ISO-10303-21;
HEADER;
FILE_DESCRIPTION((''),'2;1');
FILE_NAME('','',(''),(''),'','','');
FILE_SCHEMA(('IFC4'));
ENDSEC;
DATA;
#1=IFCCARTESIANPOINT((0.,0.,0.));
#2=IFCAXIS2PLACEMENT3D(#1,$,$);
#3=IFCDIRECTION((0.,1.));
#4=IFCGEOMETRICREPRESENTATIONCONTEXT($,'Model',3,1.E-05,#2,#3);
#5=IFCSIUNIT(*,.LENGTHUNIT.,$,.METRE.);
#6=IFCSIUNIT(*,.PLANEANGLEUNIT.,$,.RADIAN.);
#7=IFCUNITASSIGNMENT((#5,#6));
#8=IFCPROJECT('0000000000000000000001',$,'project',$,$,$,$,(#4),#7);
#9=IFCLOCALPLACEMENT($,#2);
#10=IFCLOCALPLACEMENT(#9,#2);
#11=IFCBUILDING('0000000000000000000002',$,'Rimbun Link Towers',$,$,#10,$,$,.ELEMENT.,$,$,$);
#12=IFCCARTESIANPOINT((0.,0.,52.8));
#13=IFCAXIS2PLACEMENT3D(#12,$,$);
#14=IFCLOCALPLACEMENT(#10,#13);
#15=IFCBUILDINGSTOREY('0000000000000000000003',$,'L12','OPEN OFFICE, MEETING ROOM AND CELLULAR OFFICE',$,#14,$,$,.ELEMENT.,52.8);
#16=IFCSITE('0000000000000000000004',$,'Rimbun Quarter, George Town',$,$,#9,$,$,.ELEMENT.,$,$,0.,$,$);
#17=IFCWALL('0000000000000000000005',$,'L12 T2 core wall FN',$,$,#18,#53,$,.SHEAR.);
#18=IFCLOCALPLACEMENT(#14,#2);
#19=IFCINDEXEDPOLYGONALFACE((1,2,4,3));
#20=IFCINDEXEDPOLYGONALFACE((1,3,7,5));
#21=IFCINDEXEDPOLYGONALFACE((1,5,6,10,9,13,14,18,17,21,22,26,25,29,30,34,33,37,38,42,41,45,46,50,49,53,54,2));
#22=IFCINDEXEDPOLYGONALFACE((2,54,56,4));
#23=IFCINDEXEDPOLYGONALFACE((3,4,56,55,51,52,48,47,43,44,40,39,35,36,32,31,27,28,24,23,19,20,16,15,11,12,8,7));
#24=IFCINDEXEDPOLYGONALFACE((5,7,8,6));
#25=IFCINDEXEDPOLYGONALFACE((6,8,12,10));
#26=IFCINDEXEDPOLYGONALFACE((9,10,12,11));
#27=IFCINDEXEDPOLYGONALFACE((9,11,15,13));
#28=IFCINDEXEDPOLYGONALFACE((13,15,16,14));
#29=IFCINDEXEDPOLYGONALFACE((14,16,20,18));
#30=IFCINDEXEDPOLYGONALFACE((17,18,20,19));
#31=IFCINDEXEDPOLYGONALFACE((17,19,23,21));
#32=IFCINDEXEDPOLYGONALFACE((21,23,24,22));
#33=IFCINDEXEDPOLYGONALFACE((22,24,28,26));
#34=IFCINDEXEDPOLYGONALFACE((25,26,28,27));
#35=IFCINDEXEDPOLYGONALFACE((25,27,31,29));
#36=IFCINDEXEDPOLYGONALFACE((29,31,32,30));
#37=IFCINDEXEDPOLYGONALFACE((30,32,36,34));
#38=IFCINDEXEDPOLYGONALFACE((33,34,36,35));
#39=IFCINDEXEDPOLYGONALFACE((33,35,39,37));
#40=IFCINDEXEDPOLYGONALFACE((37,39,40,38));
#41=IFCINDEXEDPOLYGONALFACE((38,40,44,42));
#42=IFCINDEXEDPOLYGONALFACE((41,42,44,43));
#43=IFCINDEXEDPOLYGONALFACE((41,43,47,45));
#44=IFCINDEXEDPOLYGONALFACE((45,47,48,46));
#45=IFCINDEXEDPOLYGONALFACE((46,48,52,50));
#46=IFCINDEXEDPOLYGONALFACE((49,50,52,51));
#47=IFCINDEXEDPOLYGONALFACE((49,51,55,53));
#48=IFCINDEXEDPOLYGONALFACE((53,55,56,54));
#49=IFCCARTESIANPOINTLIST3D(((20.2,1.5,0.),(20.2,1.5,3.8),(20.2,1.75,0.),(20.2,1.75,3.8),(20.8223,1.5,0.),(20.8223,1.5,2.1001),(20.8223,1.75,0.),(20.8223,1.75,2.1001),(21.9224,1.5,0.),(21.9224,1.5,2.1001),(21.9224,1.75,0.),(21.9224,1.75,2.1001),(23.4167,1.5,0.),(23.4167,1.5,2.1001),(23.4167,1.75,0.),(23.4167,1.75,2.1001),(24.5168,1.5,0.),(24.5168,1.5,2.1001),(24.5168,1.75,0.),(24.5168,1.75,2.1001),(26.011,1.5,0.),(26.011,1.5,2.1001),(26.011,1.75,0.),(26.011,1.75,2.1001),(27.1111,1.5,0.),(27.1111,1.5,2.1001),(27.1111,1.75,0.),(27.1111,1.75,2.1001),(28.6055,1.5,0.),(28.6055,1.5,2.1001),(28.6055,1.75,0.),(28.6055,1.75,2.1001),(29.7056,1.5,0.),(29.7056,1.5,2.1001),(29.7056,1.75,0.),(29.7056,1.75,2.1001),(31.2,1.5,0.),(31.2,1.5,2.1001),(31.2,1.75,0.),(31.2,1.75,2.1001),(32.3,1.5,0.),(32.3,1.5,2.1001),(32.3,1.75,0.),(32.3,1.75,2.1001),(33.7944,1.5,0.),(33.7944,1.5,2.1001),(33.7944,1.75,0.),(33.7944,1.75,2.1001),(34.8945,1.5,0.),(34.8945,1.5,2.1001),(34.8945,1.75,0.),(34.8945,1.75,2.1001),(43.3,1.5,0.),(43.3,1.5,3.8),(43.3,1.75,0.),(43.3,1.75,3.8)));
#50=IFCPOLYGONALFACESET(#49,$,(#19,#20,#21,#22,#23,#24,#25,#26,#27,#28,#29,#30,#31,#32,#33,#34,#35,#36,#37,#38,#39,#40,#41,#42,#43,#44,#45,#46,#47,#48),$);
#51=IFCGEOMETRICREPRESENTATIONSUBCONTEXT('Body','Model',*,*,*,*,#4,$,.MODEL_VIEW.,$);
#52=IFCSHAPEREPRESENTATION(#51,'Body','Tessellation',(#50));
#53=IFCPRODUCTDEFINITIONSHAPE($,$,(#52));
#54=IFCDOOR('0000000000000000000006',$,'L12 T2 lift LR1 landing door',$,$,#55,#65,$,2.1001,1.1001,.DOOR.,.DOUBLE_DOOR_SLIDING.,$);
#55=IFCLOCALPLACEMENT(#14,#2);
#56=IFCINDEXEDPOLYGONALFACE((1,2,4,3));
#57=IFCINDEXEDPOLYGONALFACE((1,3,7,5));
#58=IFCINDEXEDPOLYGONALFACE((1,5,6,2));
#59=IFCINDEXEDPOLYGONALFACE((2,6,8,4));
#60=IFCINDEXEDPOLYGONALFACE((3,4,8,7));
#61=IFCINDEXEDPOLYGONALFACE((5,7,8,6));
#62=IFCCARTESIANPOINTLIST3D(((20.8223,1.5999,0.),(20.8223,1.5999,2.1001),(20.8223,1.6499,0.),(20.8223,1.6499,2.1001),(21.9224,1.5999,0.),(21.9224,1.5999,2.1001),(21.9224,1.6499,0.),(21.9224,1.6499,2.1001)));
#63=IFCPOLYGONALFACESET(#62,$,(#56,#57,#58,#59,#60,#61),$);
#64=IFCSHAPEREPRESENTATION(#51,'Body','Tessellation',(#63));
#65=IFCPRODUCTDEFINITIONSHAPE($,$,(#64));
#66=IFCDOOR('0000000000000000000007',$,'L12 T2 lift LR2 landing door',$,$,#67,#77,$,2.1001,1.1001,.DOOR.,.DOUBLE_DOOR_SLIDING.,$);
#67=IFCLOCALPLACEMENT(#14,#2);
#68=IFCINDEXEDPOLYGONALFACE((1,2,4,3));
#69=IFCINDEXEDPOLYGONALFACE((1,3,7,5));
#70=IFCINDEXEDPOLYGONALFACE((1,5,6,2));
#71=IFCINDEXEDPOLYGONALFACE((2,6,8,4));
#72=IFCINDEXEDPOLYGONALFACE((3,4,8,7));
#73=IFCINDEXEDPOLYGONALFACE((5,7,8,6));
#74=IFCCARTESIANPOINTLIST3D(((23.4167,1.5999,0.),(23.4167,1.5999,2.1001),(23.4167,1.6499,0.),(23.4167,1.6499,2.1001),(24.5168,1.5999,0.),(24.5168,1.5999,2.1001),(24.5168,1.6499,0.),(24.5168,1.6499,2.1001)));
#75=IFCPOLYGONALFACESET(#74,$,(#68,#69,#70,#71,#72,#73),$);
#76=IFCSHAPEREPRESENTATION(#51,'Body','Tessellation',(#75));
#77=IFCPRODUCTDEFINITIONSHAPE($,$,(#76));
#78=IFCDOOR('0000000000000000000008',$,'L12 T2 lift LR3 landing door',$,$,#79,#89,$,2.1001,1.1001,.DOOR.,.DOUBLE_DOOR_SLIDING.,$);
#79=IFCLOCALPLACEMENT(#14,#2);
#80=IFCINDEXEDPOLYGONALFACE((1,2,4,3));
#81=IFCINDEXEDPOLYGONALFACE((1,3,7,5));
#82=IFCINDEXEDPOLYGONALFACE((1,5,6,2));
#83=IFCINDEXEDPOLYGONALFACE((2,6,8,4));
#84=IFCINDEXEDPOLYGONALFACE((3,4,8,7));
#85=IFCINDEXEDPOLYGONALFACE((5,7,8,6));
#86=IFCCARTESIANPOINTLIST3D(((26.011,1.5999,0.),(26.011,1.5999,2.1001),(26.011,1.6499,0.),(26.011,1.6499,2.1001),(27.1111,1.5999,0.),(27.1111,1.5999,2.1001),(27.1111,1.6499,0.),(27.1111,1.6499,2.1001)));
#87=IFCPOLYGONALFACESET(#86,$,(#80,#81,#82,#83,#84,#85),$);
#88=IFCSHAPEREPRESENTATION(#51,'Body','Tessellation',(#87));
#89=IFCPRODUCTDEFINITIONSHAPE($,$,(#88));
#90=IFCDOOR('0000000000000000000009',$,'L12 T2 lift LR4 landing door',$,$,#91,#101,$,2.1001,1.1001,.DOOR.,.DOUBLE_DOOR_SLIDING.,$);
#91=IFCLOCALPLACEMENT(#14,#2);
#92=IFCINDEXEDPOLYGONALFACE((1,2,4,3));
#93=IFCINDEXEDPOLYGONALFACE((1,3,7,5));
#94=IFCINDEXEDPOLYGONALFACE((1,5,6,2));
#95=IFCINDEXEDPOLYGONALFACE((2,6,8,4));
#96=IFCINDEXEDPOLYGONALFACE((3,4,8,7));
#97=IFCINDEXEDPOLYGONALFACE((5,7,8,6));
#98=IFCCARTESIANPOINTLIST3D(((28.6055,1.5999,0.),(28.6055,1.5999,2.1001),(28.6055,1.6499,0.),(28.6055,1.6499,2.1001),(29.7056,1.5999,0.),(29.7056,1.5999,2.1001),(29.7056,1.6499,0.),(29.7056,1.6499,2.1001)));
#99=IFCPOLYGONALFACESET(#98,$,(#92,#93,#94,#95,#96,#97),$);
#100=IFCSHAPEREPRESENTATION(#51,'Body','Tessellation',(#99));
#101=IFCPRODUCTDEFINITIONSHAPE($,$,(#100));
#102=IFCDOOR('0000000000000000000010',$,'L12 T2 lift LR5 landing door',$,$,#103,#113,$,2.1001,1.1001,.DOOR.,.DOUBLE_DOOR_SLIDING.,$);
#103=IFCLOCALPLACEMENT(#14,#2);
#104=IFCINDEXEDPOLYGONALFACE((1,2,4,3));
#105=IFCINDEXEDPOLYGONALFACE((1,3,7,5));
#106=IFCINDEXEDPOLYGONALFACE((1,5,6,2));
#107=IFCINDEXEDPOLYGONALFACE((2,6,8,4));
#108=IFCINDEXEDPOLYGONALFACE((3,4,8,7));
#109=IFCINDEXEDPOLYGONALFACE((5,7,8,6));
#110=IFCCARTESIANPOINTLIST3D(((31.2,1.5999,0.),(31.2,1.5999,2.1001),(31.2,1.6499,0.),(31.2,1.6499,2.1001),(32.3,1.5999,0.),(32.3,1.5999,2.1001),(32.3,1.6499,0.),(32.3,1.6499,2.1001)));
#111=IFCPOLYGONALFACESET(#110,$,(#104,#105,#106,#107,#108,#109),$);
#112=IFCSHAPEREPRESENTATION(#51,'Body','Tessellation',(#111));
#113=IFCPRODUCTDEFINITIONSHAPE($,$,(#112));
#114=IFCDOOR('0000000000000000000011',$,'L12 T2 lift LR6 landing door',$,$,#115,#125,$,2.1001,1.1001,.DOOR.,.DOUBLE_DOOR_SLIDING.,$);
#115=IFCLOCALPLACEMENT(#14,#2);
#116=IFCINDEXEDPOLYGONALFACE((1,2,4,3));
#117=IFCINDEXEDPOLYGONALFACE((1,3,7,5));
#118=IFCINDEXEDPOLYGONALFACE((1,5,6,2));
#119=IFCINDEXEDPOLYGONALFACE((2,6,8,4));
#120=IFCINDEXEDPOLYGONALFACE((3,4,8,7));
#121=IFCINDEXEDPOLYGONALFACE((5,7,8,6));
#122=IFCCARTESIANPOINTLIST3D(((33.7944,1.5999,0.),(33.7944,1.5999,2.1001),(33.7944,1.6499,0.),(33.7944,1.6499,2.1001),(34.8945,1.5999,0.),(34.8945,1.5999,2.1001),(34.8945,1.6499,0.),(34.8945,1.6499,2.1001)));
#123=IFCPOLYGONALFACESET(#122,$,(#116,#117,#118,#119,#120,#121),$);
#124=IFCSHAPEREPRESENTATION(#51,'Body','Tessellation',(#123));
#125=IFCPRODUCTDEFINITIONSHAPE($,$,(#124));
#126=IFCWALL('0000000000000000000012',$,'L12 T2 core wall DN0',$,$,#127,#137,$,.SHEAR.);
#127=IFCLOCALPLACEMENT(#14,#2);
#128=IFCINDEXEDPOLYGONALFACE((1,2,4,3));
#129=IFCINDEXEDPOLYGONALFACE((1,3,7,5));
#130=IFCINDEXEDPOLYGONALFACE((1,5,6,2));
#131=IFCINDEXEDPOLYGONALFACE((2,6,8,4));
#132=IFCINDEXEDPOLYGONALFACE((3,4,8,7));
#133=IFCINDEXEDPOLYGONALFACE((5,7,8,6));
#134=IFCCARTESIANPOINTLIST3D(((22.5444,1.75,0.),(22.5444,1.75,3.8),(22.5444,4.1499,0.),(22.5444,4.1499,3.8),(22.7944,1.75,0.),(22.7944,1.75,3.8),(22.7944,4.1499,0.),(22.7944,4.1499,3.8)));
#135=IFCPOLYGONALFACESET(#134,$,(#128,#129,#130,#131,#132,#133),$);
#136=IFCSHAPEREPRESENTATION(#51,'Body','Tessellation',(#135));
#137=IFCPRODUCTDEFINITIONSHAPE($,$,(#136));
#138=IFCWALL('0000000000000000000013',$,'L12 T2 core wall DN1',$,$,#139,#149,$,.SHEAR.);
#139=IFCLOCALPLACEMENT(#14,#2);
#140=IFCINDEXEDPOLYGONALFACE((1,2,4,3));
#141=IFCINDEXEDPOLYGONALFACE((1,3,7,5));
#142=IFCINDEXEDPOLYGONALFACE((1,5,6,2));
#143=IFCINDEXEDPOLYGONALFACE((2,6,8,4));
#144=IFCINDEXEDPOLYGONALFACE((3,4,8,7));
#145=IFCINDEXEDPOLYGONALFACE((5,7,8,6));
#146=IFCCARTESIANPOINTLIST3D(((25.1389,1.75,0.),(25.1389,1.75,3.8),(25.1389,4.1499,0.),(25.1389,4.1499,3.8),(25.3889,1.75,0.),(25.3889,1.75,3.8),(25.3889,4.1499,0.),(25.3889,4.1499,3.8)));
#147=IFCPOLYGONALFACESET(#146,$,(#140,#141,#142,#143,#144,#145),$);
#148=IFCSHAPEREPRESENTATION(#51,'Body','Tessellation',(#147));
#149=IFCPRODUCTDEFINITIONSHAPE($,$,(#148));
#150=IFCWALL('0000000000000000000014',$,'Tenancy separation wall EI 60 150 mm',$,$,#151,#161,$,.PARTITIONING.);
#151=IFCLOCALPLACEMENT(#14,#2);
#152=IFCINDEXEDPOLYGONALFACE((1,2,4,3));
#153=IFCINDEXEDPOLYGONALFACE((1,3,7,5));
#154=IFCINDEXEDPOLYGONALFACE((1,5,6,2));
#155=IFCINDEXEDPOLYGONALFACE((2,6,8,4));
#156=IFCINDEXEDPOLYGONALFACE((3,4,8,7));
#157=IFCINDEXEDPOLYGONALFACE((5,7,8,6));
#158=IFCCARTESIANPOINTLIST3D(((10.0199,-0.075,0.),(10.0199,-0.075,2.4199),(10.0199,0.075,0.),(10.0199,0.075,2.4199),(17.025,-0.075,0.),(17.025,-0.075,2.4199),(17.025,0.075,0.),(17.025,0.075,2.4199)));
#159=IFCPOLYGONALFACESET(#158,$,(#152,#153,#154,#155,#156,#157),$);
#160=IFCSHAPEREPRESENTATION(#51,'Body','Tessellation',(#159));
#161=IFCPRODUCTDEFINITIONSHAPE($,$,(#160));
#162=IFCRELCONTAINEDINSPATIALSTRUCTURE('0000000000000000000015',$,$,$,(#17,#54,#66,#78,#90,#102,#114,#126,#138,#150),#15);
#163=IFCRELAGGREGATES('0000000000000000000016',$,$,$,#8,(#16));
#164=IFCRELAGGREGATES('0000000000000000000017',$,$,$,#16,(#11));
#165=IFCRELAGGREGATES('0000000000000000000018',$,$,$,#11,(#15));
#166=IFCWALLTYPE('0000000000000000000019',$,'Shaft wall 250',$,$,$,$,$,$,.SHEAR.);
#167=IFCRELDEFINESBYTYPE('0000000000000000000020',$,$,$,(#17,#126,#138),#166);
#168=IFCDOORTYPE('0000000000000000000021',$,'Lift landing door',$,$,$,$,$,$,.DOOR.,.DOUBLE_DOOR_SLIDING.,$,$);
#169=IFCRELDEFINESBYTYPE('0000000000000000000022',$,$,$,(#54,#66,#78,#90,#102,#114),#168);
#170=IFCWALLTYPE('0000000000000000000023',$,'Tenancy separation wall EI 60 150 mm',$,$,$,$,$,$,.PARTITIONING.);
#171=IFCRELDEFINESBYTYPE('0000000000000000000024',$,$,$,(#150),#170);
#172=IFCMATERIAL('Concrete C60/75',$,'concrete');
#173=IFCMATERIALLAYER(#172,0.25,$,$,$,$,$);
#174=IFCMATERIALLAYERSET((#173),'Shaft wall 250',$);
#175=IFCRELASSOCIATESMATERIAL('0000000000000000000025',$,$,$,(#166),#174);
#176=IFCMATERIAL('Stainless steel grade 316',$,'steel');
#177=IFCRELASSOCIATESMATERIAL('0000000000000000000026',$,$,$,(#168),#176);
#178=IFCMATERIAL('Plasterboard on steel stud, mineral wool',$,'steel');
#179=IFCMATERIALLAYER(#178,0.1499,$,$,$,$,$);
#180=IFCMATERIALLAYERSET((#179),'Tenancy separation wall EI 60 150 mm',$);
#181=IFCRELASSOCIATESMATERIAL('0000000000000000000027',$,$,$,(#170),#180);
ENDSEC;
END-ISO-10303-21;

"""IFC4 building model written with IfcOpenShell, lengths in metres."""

from ifc_helpers import new_model, si_unit, direction, frame, frame_2d, origin, place, context, subcontext, project, spatial, rectangle, extrude, material, layer, layer_set, type_object, element, fill, save


model = new_model("IFC4")

# Units and contexts
model_context = context("Model", 3, precision=1e-05, world=origin(), true_north=direction((0.0, 1.0)))
body_context = subcontext(model_context, "Body", "Model", "MODEL_VIEW")
ifc_project = project(units=[si_unit("LENGTHUNIT", "METRE"), si_unit("PLANEANGLEUNIT", "RADIAN")], contexts=[model_context])

# Site, building, storey
site_placement = place(None, origin())
site = spatial("IfcSite", under=ifc_project, at=site_placement, Name="Rimbun Quarter, George Town", CompositionType="ELEMENT", RefElevation=0.0)
building_placement = place(site_placement, origin())
building = spatial("IfcBuilding", under=site, at=building_placement, Name="Rimbun Link Towers", CompositionType="ELEMENT")
storey_placement = place(building_placement, frame((0.0, 0.0, 52.8)))
storey = spatial("IfcBuildingStorey", under=building, at=storey_placement, Name="L12", Description="OPEN OFFICE, MEETING ROOM AND CELLULAR OFFICE", CompositionType="ELEMENT", Elevation=52.8)

# Shared definitions
ifc_material_1 = material(Name="Concrete C60/75", Category="concrete")
ifc_layer_1 = layer(ifc_material_1, 0.25)
ifc_layer_set_1 = layer_set([ifc_layer_1], Name="Shaft wall 250")
wall_type_1 = type_object("IfcWallType", Name="Shaft wall 250", PredefinedType="SHEAR", material=ifc_layer_set_1)

# Wall, openings, doors
wall_1_placement = place(storey_placement, frame((20.2, 1.625, 0.0), z_axis=(0.0, 0.0, 1.0), x_axis=(1.0, 0.0, 0.0)))
wall_1 = element("IfcWall", 1, at=wall_1_placement, inside=storey, type_object=wall_type_1, Name="L12 T2 core wall FN", PredefinedType="SHEAR", context=body_context, shape_type="SweptSolid", body=[
    extrude(rectangle(XDim=23.1001, YDim=0.25, at=frame_2d((11.55, 0.0))), origin(), (0.0, 0.0, 1.0), 3.8),
])
opening_1_placement = place(wall_1_placement, frame((0.6223, 0.0, 0.0)))
opening_1 = element("IfcOpeningElement", 2, at=opening_1_placement, cuts=wall_1, PredefinedType="OPENING", context=body_context, shape_type="SweptSolid", body=[
    extrude(rectangle(XDim=1.1001, YDim=2.1001, at=frame_2d((0.55, 1.05))), frame((0.0, 0.135, 0.0), z_axis=(0.0, -1.0, 0.0), x_axis=(1.0, 0.0, 0.0)), (0.0, 0.0, 1.0), 0.27),
])
opening_2_placement = place(wall_1_placement, frame((3.2168, 0.0, 0.0)))
opening_2 = element("IfcOpeningElement", 3, at=opening_2_placement, cuts=wall_1, PredefinedType="OPENING", context=body_context, shape_type="SweptSolid", body=[
    extrude(rectangle(XDim=1.1001, YDim=2.1001, at=frame_2d((0.55, 1.05))), frame((0.0, 0.135, 0.0), z_axis=(0.0, -1.0, 0.0), x_axis=(1.0, 0.0, 0.0)), (0.0, 0.0, 1.0), 0.27),
])
opening_3_placement = place(wall_1_placement, frame((5.811, 0.0, 0.0)))
opening_3 = element("IfcOpeningElement", 4, at=opening_3_placement, cuts=wall_1, PredefinedType="OPENING", context=body_context, shape_type="SweptSolid", body=[
    extrude(rectangle(XDim=1.1001, YDim=2.1001, at=frame_2d((0.55, 1.05))), frame((0.0, 0.135, 0.0), z_axis=(0.0, -1.0, 0.0), x_axis=(1.0, 0.0, 0.0)), (0.0, 0.0, 1.0), 0.27),
])
opening_4_placement = place(wall_1_placement, frame((8.4055, 0.0, 0.0)))
opening_4 = element("IfcOpeningElement", 5, at=opening_4_placement, cuts=wall_1, PredefinedType="OPENING", context=body_context, shape_type="SweptSolid", body=[
    extrude(rectangle(XDim=1.1001, YDim=2.1001, at=frame_2d((0.55, 1.05))), frame((0.0, 0.135, 0.0), z_axis=(0.0, -1.0, 0.0), x_axis=(1.0, 0.0, 0.0)), (0.0, 0.0, 1.0), 0.27),
])
opening_5_placement = place(wall_1_placement, frame((11.0, 0.0, 0.0)))
opening_5 = element("IfcOpeningElement", 6, at=opening_5_placement, cuts=wall_1, PredefinedType="OPENING", context=body_context, shape_type="SweptSolid", body=[
    extrude(rectangle(XDim=1.1001, YDim=2.1001, at=frame_2d((0.55, 1.05))), frame((0.0, 0.135, 0.0), z_axis=(0.0, -1.0, 0.0), x_axis=(1.0, 0.0, 0.0)), (0.0, 0.0, 1.0), 0.27),
])
opening_6_placement = place(wall_1_placement, frame((13.5945, 0.0, 0.0)))
opening_6 = element("IfcOpeningElement", 7, at=opening_6_placement, cuts=wall_1, PredefinedType="OPENING", context=body_context, shape_type="SweptSolid", body=[
    extrude(rectangle(XDim=1.1001, YDim=2.1001, at=frame_2d((0.55, 1.05))), frame((0.0, 0.135, 0.0), z_axis=(0.0, -1.0, 0.0), x_axis=(1.0, 0.0, 0.0)), (0.0, 0.0, 1.0), 0.27),
])
ifc_material_2 = material(Name="Stainless steel grade 316", Category="steel")
door_type_1 = type_object("IfcDoorType", Name="Lift landing door", OperationType="DOUBLE_DOOR_SLIDING", PredefinedType="DOOR", material=ifc_material_2)
door_1_placement = place(opening_1_placement, origin())
door_1 = element("IfcDoor", 8, at=door_1_placement, inside=storey, type_object=door_type_1, Name="L12 T2 lift LR1 landing door", OperationType="DOUBLE_DOOR_SLIDING", OverallHeight=2.1001, OverallWidth=1.1001, PredefinedType="DOOR", context=body_context, shape_type="SweptSolid", body=[
    extrude(rectangle(XDim=1.1001, YDim=2.1001, at=frame_2d((0.55, 1.05))), frame((0.0, 0.0249, 0.0), z_axis=(0.0, -1.0, 0.0), x_axis=(1.0, 0.0, 0.0)), (0.0, 0.0, 1.0), 0.05),
])
fill(opening_1, door_1)
door_2_placement = place(opening_2_placement, origin())
door_2 = element("IfcDoor", 9, at=door_2_placement, inside=storey, type_object=door_type_1, Name="L12 T2 lift LR2 landing door", OperationType="DOUBLE_DOOR_SLIDING", OverallHeight=2.1001, OverallWidth=1.1001, PredefinedType="DOOR", context=body_context, shape_type="SweptSolid", body=[
    extrude(rectangle(XDim=1.1001, YDim=2.1001, at=frame_2d((0.55, 1.05))), frame((0.0, 0.0249, 0.0), z_axis=(0.0, -1.0, 0.0), x_axis=(1.0, 0.0, 0.0)), (0.0, 0.0, 1.0), 0.05),
])
fill(opening_2, door_2)
door_3_placement = place(opening_3_placement, origin())
door_3 = element("IfcDoor", 10, at=door_3_placement, inside=storey, type_object=door_type_1, Name="L12 T2 lift LR3 landing door", OperationType="DOUBLE_DOOR_SLIDING", OverallHeight=2.1001, OverallWidth=1.1001, PredefinedType="DOOR", context=body_context, shape_type="SweptSolid", body=[
    extrude(rectangle(XDim=1.1001, YDim=2.1001, at=frame_2d((0.55, 1.05))), frame((0.0, 0.0249, 0.0), z_axis=(0.0, -1.0, 0.0), x_axis=(1.0, 0.0, 0.0)), (0.0, 0.0, 1.0), 0.05),
])
fill(opening_3, door_3)
door_4_placement = place(opening_4_placement, origin())
door_4 = element("IfcDoor", 11, at=door_4_placement, inside=storey, type_object=door_type_1, Name="L12 T2 lift LR4 landing door", OperationType="DOUBLE_DOOR_SLIDING", OverallHeight=2.1001, OverallWidth=1.1001, PredefinedType="DOOR", context=body_context, shape_type="SweptSolid", body=[
    extrude(rectangle(XDim=1.1001, YDim=2.1001, at=frame_2d((0.55, 1.05))), frame((0.0, 0.0249, 0.0), z_axis=(0.0, -1.0, 0.0), x_axis=(1.0, 0.0, 0.0)), (0.0, 0.0, 1.0), 0.05),
])
fill(opening_4, door_4)
door_5_placement = place(opening_5_placement, origin())
door_5 = element("IfcDoor", 12, at=door_5_placement, inside=storey, type_object=door_type_1, Name="L12 T2 lift LR5 landing door", OperationType="DOUBLE_DOOR_SLIDING", OverallHeight=2.1001, OverallWidth=1.1001, PredefinedType="DOOR", context=body_context, shape_type="SweptSolid", body=[
    extrude(rectangle(XDim=1.1001, YDim=2.1001, at=frame_2d((0.55, 1.05))), frame((0.0, 0.0249, 0.0), z_axis=(0.0, -1.0, 0.0), x_axis=(1.0, 0.0, 0.0)), (0.0, 0.0, 1.0), 0.05),
])
fill(opening_5, door_5)
door_6_placement = place(opening_6_placement, origin())
door_6 = element("IfcDoor", 13, at=door_6_placement, inside=storey, type_object=door_type_1, Name="L12 T2 lift LR6 landing door", OperationType="DOUBLE_DOOR_SLIDING", OverallHeight=2.1001, OverallWidth=1.1001, PredefinedType="DOOR", context=body_context, shape_type="SweptSolid", body=[
    extrude(rectangle(XDim=1.1001, YDim=2.1001, at=frame_2d((0.55, 1.05))), frame((0.0, 0.0249, 0.0), z_axis=(0.0, -1.0, 0.0), x_axis=(1.0, 0.0, 0.0)), (0.0, 0.0, 1.0), 0.05),
])
fill(opening_6, door_6)

# Walls
for number, where, z_axis, x_axis, name in (
    (14, (22.6694, 1.75, 0.0), (0.0, 0.0, 1.0), (0.0, 1.0, 0.0), "L12 T2 core wall DN0"),
    (15, (25.2639, 1.75, 0.0), (0.0, 0.0, 1.0), (0.0, 1.0, 0.0), "L12 T2 core wall DN1"),
):
    element("IfcWall", number, at=place(storey_placement, frame(where, z_axis=z_axis, x_axis=x_axis)), inside=storey, type_object=wall_type_1, Name=name, PredefinedType="SHEAR", context=body_context, shape_type="SweptSolid", body=[
        extrude(rectangle(XDim=2.3999, YDim=0.25, at=frame_2d((1.2, 0.0))), origin(), (0.0, 0.0, 1.0), 3.8),
    ])
ifc_material_3 = material(Name="Plasterboard on steel stud, mineral wool", Category="steel")
ifc_layer_2 = layer(ifc_material_3, 0.1499)
ifc_layer_set_2 = layer_set([ifc_layer_2], Name="Tenancy separation wall EI 60 150 mm")
wall_type_2 = type_object("IfcWallType", Name="Tenancy separation wall EI 60 150 mm", PredefinedType="PARTITIONING", material=ifc_layer_set_2)
wall_2_placement = place(storey_placement, frame((17.0249, 0.0, 0.0), z_axis=(0.0, 0.0, 1.0), x_axis=(-1.0, 0.0, 0.0)))
element("IfcWall", 16, at=wall_2_placement, inside=storey, type_object=wall_type_2, Name="Tenancy separation wall EI 60 150 mm", PredefinedType="PARTITIONING", context=body_context, shape_type="SweptSolid", body=[
    extrude(rectangle(XDim=7.0051, YDim=0.1499, at=frame_2d((3.5024, 0.0))), origin(), (0.0, 0.0, 1.0), 2.4199),
])

save(model, "model.ifc")
